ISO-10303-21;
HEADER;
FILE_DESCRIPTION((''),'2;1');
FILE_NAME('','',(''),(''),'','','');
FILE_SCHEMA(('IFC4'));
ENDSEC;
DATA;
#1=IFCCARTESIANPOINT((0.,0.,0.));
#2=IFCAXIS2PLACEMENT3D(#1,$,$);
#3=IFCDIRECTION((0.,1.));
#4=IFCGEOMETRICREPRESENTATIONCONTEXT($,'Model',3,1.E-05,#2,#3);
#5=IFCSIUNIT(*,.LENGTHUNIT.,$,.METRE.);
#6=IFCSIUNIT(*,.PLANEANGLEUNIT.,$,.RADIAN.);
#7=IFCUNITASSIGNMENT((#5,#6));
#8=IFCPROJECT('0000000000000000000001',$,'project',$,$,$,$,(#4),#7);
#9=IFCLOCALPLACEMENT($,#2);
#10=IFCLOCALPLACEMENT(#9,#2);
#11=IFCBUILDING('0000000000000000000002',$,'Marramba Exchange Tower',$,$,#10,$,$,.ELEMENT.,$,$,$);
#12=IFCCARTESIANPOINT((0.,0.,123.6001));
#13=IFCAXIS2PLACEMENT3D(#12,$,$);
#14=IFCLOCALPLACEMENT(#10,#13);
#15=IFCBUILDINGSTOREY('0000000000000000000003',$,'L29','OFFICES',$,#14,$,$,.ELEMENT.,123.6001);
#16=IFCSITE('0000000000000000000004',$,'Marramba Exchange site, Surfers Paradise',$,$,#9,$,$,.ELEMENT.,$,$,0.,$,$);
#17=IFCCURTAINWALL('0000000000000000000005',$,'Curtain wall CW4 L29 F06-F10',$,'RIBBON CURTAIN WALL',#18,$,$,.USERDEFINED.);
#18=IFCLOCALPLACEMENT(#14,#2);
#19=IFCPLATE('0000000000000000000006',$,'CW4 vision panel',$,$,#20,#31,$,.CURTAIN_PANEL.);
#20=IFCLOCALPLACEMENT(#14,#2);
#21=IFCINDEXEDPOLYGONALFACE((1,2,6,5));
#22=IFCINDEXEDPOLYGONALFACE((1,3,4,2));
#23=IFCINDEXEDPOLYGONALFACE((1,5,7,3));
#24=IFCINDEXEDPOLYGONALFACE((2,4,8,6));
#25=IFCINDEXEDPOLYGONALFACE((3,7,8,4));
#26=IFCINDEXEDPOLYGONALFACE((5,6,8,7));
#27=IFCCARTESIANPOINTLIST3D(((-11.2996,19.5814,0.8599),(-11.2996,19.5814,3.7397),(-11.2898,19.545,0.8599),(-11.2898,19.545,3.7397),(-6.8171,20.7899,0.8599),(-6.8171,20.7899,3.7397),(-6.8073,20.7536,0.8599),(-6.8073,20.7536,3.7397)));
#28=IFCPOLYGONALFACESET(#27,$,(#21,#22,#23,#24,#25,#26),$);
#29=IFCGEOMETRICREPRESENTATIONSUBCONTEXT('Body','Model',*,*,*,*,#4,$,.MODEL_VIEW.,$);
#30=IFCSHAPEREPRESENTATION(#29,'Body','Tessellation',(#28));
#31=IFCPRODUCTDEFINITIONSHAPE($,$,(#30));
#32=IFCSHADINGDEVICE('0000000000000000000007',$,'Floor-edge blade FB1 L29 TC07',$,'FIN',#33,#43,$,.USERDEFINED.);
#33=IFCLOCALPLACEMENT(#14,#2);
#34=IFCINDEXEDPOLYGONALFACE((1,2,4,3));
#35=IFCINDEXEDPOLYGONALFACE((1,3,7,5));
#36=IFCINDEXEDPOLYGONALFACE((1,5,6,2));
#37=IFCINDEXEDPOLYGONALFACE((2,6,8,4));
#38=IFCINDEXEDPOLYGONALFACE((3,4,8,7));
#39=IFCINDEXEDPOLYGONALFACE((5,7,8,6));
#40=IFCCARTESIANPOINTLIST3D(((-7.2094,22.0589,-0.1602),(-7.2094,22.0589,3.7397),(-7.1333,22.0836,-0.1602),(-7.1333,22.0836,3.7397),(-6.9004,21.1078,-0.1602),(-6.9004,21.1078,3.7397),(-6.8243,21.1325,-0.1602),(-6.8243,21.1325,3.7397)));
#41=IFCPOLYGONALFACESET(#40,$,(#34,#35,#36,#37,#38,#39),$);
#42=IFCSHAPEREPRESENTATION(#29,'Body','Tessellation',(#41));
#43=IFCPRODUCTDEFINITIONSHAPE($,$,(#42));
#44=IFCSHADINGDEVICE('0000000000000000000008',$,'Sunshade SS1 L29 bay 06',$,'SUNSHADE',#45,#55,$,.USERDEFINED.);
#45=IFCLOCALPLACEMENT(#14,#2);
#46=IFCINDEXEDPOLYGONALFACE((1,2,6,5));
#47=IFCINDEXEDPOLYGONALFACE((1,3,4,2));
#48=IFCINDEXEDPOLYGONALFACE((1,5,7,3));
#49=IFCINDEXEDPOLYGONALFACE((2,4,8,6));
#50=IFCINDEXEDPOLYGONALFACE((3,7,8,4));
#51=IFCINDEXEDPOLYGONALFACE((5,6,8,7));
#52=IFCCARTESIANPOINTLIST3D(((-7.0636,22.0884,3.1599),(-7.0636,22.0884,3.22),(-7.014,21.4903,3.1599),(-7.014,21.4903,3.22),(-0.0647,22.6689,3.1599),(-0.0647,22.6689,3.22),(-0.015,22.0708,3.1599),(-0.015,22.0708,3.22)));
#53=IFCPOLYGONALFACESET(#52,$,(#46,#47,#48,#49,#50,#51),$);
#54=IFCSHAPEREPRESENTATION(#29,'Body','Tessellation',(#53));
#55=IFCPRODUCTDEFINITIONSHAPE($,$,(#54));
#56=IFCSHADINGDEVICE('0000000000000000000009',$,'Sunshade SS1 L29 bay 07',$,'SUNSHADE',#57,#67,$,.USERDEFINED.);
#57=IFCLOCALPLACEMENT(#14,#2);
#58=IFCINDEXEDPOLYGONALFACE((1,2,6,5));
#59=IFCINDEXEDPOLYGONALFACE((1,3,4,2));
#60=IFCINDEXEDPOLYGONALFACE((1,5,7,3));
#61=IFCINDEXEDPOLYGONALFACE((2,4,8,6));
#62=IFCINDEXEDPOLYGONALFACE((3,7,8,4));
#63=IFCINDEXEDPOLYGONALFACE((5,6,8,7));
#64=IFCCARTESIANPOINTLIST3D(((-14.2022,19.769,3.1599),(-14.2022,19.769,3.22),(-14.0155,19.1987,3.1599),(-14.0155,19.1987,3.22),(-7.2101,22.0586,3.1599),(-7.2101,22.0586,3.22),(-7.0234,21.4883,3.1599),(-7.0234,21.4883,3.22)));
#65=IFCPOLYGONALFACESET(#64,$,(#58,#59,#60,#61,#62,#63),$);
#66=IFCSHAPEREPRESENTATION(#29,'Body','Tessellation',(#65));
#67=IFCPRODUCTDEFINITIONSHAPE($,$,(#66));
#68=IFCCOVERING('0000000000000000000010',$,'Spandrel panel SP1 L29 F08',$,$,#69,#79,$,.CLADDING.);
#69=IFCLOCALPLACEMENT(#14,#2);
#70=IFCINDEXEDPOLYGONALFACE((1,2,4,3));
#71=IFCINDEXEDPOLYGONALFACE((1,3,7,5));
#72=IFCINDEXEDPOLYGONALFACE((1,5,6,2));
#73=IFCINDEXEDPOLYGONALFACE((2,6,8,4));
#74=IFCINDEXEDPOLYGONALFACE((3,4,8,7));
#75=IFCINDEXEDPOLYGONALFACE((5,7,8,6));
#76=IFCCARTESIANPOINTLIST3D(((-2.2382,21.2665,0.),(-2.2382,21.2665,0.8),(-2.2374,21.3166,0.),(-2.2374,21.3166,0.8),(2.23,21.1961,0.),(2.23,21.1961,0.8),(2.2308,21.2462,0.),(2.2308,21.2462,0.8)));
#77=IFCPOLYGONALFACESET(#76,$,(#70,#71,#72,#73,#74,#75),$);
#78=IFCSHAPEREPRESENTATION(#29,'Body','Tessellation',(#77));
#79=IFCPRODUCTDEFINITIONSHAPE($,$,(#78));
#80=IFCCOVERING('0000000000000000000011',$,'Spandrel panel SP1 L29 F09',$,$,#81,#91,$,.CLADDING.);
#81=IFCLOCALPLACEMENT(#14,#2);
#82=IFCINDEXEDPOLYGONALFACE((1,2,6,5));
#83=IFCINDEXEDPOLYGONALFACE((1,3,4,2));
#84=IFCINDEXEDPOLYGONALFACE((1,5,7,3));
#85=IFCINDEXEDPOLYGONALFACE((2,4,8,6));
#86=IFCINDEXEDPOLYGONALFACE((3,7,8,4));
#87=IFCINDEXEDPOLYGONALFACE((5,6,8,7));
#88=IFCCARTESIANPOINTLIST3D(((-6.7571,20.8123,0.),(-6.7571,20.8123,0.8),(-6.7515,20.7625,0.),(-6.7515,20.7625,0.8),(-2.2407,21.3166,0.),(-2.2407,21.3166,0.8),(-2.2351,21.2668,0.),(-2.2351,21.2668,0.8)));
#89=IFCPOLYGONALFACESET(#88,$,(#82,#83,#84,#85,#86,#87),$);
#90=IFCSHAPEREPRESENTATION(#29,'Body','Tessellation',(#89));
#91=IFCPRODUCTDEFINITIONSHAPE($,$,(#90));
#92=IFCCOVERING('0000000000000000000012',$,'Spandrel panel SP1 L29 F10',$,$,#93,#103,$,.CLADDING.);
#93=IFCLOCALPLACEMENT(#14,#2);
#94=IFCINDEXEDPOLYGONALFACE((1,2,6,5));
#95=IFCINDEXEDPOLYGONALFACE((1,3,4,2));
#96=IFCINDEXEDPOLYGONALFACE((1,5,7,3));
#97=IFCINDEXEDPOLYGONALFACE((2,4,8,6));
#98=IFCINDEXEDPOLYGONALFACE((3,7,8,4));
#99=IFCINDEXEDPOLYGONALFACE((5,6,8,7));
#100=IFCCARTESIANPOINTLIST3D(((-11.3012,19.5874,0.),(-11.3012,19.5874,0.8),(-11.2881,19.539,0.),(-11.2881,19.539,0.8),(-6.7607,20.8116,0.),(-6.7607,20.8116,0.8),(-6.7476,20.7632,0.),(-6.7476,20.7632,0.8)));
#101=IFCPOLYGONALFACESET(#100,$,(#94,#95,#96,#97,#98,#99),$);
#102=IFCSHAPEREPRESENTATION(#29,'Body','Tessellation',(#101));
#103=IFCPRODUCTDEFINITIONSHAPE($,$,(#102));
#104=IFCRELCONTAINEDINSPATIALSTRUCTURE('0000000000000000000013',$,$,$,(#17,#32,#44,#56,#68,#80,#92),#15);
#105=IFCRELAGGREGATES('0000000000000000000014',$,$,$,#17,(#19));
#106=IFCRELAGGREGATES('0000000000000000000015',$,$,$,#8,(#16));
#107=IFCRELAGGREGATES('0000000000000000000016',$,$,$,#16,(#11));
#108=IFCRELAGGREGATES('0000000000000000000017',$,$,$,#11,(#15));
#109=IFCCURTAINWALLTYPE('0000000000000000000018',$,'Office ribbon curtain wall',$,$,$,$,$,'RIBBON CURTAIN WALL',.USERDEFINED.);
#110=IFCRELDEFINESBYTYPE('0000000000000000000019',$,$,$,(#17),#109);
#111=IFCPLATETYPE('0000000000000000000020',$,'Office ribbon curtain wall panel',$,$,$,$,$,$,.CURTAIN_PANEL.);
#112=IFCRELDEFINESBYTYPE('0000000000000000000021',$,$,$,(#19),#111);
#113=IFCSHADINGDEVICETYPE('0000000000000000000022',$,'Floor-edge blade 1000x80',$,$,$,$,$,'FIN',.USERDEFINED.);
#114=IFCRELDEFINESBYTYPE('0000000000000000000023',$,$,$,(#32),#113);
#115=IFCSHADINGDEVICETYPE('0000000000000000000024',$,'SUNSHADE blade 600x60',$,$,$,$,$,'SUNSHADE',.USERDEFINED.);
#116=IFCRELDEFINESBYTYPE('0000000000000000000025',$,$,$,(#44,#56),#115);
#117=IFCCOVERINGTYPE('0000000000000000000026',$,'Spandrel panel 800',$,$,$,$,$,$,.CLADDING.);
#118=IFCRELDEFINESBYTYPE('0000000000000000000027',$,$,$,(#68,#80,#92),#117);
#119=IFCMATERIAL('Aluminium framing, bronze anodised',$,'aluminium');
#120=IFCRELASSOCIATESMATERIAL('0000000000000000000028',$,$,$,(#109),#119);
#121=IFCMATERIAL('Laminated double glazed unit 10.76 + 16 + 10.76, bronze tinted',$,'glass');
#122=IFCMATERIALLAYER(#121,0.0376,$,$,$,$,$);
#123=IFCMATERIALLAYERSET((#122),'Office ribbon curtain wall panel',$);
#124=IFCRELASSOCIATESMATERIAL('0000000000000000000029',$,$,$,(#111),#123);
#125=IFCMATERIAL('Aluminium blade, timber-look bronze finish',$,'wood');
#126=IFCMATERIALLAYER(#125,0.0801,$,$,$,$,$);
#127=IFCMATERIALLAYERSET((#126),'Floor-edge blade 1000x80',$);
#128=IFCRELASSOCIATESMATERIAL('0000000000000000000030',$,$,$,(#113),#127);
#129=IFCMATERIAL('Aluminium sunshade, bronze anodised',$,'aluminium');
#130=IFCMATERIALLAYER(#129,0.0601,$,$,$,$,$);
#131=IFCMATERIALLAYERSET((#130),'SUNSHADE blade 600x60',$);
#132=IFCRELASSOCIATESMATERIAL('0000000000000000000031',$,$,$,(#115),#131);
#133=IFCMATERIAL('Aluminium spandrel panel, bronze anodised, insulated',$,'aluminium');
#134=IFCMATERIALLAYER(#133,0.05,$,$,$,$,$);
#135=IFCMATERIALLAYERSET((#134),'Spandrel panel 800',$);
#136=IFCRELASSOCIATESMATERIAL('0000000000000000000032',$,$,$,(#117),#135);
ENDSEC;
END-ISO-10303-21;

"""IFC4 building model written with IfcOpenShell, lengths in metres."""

from ifc_helpers import new_model, si_unit, direction, frame, origin, origin_2d, place, context, subcontext, project, spatial, rectangle, extrude, material, layer, layer_set, type_object, element, aggregate, save


model = new_model("IFC4")

# Units and contexts
model_context = context("Model", 3, precision=1e-05, world=origin(), true_north=direction((0.0, 1.0)))
body_context = subcontext(model_context, "Body", "Model", "MODEL_VIEW")
ifc_project = project(units=[si_unit("LENGTHUNIT", "METRE"), si_unit("PLANEANGLEUNIT", "RADIAN")], contexts=[model_context])

# Site, building, storey
site_placement = place(None, origin())
site = spatial("IfcSite", under=ifc_project, at=site_placement, Name="Marramba Exchange site, Surfers Paradise", CompositionType="ELEMENT", RefElevation=0.0)
building_placement = place(site_placement, origin())
building = spatial("IfcBuilding", under=site, at=building_placement, Name="Marramba Exchange Tower", CompositionType="ELEMENT")
storey_placement = place(building_placement, frame((0.0, 0.0, 123.6001)))
storey = spatial("IfcBuildingStorey", under=building, at=storey_placement, Name="L29", Description="OFFICES", CompositionType="ELEMENT", Elevation=123.6001)

# Curtain wall
ifc_material_1 = material(Name="Aluminium framing, bronze anodised", Category="aluminium")
curtain_wall_type = type_object("IfcCurtainWallType", Name="Office ribbon curtain wall", ElementType="RIBBON CURTAIN WALL", PredefinedType="USERDEFINED", material=ifc_material_1)
curtain_wall_1_placement = place(storey_placement, origin())
curtain_wall_1 = element("IfcCurtainWall", 1, at=curtain_wall_1_placement, inside=storey, type_object=curtain_wall_type, Name="Curtain wall CW4 L29 F06-F10", ObjectType="RIBBON CURTAIN WALL", PredefinedType="USERDEFINED")

# Plate
ifc_material_2 = material(Name="Laminated double glazed unit 10.76 + 16 + 10.76, bronze tinted", Category="glass")
ifc_layer_1 = layer(ifc_material_2, 0.0376)
ifc_layer_set_1 = layer_set([ifc_layer_1], Name="Office ribbon curtain wall panel")
plate_type = type_object("IfcPlateType", Name="Office ribbon curtain wall panel", PredefinedType="CURTAIN_PANEL", material=ifc_layer_set_1)
plate_1_placement = place(storey_placement, frame((-9.0535, 20.1675, 0.8599), z_axis=(0.0, 0.0, 1.0), x_axis=(-0.965522, -0.260321, 0.0)))
plate_1 = element("IfcPlate", 2, at=plate_1_placement, type_object=plate_type, Name="CW4 vision panel", PredefinedType="CURTAIN_PANEL", context=body_context, shape_type="SweptSolid", body=[
    extrude(rectangle(XDim=4.6426, YDim=0.0376, at=origin_2d()), origin(), (0.0, 0.0, 1.0), 2.8799),
])
aggregate(curtain_wall_1, [plate_1])

# Shading devices
ifc_material_3 = material(Name="Aluminium blade, timber-look bronze finish", Category="wood")
ifc_layer_2 = layer(ifc_material_3, 0.0801)
ifc_layer_set_2 = layer_set([ifc_layer_2], Name="Floor-edge blade 1000x80")
shading_device_type_1 = type_object("IfcShadingDeviceType", Name="Floor-edge blade 1000x80", ElementType="FIN", PredefinedType="USERDEFINED", material=ifc_layer_set_2)
shading_device_1_placement = place(storey_placement, frame((-7.0168, 21.5957, -0.1602), z_axis=(0.0, 0.0, 1.0), x_axis=(-0.309017, 0.951057, 0.0)))
element("IfcShadingDevice", 3, at=shading_device_1_placement, inside=storey, type_object=shading_device_type_1, Name="Floor-edge blade FB1 L29 TC07", ObjectType="FIN", PredefinedType="USERDEFINED", context=body_context, shape_type="SweptSolid", body=[
    extrude(rectangle(XDim=1.0, YDim=0.0801, at=origin_2d()), origin(), (0.0, 0.0, 1.0), 3.8999),
])
ifc_material_4 = material(Name="Aluminium sunshade, bronze anodised", Category="aluminium")
ifc_layer_3 = layer(ifc_material_4, 0.0601)
ifc_layer_set_3 = layer_set([ifc_layer_3], Name="SUNSHADE blade 600x60")
shading_device_type_2 = type_object("IfcShadingDeviceType", Name="SUNSHADE blade 600x60", ElementType="SUNSHADE", PredefinedType="USERDEFINED", material=ifc_layer_set_3)
shading_device_2_placement = place(storey_placement, frame((-3.5393, 22.0796, 3.1599), z_axis=(0.0, 0.0, 1.0), x_axis=(-0.996578, -0.08266, 0.0)))
element("IfcShadingDevice", 4, at=shading_device_2_placement, inside=storey, type_object=shading_device_type_2, Name="Sunshade SS1 L29 bay 06", ObjectType="SUNSHADE", PredefinedType="USERDEFINED", context=body_context, shape_type="SweptSolid", body=[
    extrude(rectangle(XDim=7.0229, YDim=0.6001, at=origin_2d()), origin(), (0.0, 0.0, 1.0), 0.0601),
])
shading_device_3_placement = place(storey_placement, frame((-10.6128, 20.6287, 3.1599), z_axis=(0.0, 0.0, 1.0), x_axis=(-0.950346, -0.311196, 0.0)))
element("IfcShadingDevice", 5, at=shading_device_3_placement, inside=storey, type_object=shading_device_type_2, Name="Sunshade SS1 L29 bay 07", ObjectType="SUNSHADE", PredefinedType="USERDEFINED", context=body_context, shape_type="SweptSolid", body=[
    extrude(rectangle(XDim=7.3574, YDim=0.6001, at=origin_2d()), origin(), (0.0, 0.0, 1.0), 0.0601),
])

# Coverings
ifc_material_5 = material(Name="Aluminium spandrel panel, bronze anodised, insulated", Category="aluminium")
ifc_layer_4 = layer(ifc_material_5, 0.05)
ifc_layer_set_4 = layer_set([ifc_layer_4], Name="Spandrel panel 800")
covering_type = type_object("IfcCoveringType", Name="Spandrel panel 800", PredefinedType="CLADDING", material=ifc_layer_set_4)
covering_1_placement = place(storey_placement, frame((-0.0037, 21.2563, 0.0), z_axis=(0.0, 0.0, 1.0), x_axis=(-0.999876, 0.015756, 0.0)))
element("IfcCovering", 6, at=covering_1_placement, inside=storey, type_object=covering_type, Name="Spandrel panel SP1 L29 F08", PredefinedType="CLADDING", context=body_context, shape_type="SweptSolid", body=[
    extrude(rectangle(XDim=4.4688, YDim=0.05, at=origin_2d()), origin(), (0.0, 0.0, 1.0), 0.8),
])
covering_2_placement = place(storey_placement, frame((-4.4961, 21.0396, 0.0), z_axis=(0.0, 0.0, 1.0), x_axis=(-0.993823, -0.110973, 0.0)))
element("IfcCovering", 7, at=covering_2_placement, inside=storey, type_object=covering_type, Name="Spandrel panel SP1 L29 F09", PredefinedType="CLADDING", context=body_context, shape_type="SweptSolid", body=[
    extrude(rectangle(XDim=4.5444, YDim=0.05, at=origin_2d()), origin(), (0.0, 0.0, 1.0), 0.8),
])
covering_3_placement = place(storey_placement, frame((-9.0244, 20.1753, 0.0), z_axis=(0.0, 0.0, 1.0), x_axis=(-0.965522, -0.260321, 0.0)))
element("IfcCovering", 8, at=covering_3_placement, inside=storey, type_object=covering_type, Name="Spandrel panel SP1 L29 F10", PredefinedType="CLADDING", context=body_context, shape_type="SweptSolid", body=[
    extrude(rectangle(XDim=4.7026, YDim=0.05, at=origin_2d()), origin(), (0.0, 0.0, 1.0), 0.8),
])

save(model, "model.ifc")
